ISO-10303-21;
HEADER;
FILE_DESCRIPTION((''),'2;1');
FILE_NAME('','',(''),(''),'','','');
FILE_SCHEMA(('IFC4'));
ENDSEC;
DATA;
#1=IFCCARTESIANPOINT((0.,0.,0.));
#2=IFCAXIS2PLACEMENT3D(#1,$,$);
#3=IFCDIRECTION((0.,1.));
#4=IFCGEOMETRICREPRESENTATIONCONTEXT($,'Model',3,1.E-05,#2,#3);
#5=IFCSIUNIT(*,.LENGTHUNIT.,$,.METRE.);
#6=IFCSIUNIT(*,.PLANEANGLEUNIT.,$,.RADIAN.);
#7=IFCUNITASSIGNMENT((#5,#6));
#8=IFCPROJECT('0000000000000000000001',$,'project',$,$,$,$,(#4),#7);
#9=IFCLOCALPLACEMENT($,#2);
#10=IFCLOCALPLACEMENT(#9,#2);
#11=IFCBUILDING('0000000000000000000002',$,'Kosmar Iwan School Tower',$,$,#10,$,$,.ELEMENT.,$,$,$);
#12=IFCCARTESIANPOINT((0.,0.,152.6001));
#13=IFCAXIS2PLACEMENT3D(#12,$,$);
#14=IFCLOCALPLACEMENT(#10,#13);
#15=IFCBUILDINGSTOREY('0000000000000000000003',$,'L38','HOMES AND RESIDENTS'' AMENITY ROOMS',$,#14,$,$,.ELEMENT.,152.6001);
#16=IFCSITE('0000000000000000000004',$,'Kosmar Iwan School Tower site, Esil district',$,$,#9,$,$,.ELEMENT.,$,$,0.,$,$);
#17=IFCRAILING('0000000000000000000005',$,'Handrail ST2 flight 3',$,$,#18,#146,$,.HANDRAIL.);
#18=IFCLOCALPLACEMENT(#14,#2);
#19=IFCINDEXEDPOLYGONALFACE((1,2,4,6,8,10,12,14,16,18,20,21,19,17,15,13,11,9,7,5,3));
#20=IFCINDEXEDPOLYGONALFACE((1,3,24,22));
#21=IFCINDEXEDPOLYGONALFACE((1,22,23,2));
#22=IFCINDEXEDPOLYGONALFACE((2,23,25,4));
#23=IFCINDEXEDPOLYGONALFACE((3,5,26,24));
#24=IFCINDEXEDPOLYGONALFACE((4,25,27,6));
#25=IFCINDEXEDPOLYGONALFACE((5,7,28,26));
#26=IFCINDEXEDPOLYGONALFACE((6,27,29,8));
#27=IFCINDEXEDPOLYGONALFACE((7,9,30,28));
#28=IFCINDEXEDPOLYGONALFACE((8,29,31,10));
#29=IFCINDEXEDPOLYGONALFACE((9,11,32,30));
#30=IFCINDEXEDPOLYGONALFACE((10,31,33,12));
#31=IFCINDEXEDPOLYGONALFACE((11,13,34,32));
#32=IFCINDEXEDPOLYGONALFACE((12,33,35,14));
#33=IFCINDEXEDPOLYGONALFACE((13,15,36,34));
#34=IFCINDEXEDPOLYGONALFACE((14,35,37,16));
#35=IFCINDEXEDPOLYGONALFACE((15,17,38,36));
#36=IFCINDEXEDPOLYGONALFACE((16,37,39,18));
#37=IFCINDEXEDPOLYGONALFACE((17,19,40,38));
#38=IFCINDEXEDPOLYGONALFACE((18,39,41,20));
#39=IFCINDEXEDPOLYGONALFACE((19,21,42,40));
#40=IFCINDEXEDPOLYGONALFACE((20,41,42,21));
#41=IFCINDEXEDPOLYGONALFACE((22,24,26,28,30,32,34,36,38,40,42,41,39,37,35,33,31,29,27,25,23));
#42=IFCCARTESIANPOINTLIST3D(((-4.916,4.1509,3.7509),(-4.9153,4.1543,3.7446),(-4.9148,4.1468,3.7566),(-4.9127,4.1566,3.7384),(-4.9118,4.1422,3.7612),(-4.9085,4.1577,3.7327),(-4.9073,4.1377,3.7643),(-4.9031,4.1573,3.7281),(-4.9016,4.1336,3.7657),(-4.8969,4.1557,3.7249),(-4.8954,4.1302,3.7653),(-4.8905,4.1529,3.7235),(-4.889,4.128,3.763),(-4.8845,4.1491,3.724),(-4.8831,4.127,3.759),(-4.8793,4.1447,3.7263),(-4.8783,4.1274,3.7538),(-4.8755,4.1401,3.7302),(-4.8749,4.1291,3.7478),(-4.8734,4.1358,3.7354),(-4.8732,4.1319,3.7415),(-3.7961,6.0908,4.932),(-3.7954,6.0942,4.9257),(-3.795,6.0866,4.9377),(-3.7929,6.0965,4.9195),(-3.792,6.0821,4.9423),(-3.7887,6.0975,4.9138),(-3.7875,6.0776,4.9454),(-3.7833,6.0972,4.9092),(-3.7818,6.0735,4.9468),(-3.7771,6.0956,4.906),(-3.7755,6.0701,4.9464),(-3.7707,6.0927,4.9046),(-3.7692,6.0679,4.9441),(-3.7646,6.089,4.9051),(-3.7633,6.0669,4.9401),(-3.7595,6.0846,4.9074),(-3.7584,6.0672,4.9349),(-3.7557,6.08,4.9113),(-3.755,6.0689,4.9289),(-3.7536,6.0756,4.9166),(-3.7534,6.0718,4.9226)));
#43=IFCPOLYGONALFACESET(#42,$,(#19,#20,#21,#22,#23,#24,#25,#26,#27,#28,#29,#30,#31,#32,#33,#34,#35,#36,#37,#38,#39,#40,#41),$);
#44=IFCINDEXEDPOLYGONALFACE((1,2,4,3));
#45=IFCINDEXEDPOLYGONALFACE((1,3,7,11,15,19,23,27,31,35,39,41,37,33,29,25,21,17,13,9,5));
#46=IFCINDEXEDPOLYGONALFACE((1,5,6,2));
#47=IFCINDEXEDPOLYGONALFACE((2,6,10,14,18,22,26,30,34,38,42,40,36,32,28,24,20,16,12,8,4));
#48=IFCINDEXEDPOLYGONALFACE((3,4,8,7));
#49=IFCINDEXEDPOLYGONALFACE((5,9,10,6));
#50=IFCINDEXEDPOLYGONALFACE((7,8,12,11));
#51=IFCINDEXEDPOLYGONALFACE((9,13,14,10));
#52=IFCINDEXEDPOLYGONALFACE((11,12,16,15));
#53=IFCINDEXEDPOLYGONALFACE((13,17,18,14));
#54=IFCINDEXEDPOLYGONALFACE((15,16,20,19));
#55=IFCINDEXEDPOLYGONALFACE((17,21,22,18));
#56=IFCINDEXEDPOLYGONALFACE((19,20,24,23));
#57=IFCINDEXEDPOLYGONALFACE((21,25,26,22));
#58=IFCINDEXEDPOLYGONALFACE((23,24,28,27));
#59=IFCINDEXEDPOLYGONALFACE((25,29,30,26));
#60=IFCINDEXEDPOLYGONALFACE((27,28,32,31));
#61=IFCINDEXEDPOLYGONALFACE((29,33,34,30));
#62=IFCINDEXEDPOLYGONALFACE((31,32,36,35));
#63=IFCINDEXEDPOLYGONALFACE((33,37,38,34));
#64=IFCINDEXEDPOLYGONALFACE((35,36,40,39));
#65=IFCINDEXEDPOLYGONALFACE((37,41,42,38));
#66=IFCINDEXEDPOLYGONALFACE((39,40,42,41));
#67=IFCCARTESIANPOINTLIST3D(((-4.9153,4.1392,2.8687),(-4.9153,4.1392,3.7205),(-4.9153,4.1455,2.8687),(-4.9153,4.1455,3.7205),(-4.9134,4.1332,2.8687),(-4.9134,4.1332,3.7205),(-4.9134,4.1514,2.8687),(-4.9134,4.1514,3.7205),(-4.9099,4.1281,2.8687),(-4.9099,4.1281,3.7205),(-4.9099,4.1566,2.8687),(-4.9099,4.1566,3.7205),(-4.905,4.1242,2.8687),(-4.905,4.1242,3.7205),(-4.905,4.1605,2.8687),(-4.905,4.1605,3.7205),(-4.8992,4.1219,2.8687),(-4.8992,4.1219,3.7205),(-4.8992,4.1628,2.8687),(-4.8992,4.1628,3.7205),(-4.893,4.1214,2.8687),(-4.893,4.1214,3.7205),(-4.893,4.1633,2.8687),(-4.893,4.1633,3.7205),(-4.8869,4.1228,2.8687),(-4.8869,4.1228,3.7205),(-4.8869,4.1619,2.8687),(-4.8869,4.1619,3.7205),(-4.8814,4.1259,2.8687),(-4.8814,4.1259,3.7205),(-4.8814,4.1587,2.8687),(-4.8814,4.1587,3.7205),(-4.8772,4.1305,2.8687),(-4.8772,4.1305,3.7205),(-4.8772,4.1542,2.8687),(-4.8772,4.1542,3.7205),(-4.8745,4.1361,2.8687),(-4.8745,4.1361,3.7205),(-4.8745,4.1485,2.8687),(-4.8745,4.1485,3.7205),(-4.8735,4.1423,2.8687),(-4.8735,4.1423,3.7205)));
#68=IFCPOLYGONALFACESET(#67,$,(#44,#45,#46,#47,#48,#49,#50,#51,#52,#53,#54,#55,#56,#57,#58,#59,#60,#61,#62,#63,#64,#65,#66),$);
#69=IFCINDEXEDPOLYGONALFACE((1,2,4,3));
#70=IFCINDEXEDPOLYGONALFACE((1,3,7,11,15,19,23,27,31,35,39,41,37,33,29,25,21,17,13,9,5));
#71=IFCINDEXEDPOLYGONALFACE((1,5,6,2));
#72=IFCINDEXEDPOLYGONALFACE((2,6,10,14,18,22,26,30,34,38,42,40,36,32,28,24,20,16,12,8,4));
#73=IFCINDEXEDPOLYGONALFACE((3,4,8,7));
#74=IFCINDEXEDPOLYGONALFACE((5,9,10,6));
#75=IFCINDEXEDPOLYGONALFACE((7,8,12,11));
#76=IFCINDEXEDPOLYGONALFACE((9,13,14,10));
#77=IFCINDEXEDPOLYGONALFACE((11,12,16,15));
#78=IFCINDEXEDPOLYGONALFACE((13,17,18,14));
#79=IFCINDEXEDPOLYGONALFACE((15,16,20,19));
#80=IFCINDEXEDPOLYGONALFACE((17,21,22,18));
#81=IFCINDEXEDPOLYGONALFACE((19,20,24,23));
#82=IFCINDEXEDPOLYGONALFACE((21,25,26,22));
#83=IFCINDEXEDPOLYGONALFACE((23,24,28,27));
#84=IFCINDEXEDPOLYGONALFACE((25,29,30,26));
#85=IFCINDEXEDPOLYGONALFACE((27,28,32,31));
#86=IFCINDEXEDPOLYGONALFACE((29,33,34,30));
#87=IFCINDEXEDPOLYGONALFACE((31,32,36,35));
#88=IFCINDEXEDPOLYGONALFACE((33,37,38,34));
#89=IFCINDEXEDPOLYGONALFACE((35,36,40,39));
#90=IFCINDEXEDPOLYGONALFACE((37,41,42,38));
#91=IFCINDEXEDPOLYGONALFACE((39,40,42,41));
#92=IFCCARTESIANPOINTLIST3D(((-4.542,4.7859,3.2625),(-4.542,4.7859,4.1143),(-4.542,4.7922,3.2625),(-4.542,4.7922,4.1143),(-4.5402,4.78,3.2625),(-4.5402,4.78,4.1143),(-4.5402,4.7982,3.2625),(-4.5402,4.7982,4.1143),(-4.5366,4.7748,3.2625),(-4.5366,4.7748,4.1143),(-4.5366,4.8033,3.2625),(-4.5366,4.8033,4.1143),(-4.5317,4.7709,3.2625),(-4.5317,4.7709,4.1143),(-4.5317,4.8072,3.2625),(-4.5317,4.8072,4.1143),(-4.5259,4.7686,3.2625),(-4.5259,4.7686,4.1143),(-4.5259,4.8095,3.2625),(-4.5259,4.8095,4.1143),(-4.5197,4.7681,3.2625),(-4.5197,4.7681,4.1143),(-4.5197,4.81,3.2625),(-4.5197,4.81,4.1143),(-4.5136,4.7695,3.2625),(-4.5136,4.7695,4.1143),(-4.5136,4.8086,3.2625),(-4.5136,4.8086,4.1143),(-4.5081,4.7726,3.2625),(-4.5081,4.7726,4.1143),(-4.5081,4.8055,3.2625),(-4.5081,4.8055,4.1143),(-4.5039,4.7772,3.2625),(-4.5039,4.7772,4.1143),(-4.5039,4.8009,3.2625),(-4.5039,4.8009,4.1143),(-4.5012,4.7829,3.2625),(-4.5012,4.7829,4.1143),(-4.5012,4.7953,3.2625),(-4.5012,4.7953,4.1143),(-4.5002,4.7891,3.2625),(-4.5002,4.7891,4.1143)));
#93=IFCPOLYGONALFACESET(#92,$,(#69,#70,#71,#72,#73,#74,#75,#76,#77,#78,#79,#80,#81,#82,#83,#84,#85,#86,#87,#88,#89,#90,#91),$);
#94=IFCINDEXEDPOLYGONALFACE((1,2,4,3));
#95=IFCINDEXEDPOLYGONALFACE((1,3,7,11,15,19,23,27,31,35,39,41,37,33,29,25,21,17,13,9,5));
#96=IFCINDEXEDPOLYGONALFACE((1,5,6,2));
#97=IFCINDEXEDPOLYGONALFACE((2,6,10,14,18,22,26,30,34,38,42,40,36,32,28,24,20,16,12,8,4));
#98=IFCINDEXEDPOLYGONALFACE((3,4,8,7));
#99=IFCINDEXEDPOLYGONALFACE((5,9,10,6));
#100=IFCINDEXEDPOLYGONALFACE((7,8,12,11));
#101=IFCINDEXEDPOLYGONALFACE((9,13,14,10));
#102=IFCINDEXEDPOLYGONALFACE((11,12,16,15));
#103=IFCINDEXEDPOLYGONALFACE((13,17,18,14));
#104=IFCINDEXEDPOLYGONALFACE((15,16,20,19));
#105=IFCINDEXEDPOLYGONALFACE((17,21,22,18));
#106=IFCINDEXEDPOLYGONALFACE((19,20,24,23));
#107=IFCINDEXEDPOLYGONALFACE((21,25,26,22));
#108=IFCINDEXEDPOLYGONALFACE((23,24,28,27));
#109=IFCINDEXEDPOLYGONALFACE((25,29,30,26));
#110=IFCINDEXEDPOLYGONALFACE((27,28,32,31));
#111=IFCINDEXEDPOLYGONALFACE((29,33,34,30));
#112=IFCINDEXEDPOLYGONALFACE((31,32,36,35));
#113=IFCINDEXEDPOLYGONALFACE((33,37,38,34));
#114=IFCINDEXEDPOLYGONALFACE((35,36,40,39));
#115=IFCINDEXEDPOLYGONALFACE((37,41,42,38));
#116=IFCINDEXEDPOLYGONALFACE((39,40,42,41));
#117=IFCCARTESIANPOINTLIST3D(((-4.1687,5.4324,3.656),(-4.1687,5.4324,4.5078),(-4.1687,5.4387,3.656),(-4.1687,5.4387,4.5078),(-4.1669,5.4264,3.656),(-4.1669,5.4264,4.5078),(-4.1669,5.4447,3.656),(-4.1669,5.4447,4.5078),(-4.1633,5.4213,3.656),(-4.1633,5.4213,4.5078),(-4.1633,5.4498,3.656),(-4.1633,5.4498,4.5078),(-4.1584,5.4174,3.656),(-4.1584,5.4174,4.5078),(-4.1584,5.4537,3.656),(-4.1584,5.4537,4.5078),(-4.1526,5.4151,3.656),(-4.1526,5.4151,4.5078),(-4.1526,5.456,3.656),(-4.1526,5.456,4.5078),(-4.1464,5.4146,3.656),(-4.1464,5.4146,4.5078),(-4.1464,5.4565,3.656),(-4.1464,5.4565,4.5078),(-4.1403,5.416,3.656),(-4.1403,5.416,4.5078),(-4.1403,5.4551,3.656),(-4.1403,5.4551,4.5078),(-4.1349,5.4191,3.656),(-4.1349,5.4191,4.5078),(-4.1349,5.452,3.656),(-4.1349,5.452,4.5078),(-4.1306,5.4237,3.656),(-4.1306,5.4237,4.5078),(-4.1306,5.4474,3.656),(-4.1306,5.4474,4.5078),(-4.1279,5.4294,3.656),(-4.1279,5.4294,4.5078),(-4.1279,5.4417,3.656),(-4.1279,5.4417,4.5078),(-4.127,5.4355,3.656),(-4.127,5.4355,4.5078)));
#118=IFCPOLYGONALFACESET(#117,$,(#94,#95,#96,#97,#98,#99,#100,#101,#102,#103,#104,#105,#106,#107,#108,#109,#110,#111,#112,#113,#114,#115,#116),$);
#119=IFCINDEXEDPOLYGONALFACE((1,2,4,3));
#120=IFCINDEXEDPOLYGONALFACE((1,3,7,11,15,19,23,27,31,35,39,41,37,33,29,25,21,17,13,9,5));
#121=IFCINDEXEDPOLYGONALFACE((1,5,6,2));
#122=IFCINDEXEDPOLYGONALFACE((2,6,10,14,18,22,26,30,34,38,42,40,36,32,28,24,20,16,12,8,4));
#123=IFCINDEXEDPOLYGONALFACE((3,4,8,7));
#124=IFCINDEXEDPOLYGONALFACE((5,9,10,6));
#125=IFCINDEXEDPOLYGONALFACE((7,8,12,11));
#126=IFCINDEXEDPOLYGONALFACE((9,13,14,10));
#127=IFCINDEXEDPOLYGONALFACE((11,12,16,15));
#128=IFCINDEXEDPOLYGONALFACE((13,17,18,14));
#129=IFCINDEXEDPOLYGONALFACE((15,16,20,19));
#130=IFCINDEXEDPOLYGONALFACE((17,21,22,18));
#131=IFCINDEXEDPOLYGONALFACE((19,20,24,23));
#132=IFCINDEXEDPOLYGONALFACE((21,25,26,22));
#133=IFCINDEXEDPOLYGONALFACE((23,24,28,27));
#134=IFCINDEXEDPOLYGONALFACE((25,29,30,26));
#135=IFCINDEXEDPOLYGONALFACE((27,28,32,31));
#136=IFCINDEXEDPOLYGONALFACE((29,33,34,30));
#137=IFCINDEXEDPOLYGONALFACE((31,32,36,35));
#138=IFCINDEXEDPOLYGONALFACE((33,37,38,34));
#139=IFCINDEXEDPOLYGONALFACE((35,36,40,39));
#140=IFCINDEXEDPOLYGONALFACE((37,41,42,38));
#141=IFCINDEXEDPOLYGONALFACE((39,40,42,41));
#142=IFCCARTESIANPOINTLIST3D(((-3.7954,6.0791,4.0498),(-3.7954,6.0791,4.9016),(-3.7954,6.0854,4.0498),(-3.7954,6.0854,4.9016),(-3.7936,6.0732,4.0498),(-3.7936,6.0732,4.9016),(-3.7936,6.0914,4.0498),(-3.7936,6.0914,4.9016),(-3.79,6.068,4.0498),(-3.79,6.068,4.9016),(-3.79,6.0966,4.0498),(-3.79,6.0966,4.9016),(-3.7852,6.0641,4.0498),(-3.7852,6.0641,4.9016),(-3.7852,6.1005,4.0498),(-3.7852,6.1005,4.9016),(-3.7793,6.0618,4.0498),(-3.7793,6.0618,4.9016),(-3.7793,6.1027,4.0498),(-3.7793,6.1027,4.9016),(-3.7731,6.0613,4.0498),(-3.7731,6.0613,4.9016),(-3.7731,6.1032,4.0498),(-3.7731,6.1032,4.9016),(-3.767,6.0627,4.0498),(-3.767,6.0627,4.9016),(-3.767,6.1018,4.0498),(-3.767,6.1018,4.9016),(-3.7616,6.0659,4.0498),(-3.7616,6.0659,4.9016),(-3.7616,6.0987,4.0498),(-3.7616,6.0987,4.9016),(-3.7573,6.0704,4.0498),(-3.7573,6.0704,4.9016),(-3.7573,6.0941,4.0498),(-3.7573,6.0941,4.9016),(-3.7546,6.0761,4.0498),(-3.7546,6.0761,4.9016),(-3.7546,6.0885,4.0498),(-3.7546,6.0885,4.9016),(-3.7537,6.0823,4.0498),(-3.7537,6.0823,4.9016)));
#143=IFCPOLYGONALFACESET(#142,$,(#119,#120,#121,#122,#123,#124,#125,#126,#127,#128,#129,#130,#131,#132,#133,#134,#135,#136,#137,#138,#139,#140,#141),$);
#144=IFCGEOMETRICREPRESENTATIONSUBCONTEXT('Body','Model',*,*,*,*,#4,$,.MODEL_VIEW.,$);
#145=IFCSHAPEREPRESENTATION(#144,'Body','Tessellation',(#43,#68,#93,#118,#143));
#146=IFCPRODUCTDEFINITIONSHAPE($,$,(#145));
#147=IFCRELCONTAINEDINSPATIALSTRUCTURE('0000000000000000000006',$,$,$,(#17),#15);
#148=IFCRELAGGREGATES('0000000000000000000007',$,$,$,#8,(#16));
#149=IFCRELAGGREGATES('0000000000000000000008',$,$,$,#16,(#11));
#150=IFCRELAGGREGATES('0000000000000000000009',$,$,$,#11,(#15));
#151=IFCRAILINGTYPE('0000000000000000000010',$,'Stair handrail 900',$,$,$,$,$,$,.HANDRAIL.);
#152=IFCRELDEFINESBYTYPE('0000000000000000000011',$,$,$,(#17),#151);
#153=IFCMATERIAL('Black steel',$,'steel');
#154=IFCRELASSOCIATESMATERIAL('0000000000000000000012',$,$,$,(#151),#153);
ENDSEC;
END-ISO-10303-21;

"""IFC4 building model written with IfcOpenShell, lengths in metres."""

from ifc_helpers import new_model, si_unit, direction, frame, origin, origin_2d, place, context, subcontext, project, spatial, circle, extrude, material, type_object, element, save


model = new_model("IFC4")

# Units and contexts
model_context = context("Model", 3, precision=1e-05, world=origin(), true_north=direction((0.0, 1.0)))
body_context = subcontext(model_context, "Body", "Model", "MODEL_VIEW")
ifc_project = project(units=[si_unit("LENGTHUNIT", "METRE"), si_unit("PLANEANGLEUNIT", "RADIAN")], contexts=[model_context])

# Site, building, storey
site_placement = place(None, origin())
site = spatial("IfcSite", under=ifc_project, at=site_placement, Name="Kosmar Iwan School Tower site, Esil district", CompositionType="ELEMENT", RefElevation=0.0)
building_placement = place(site_placement, origin())
building = spatial("IfcBuilding", under=site, at=building_placement, Name="Kosmar Iwan School Tower", CompositionType="ELEMENT")
storey_placement = place(building_placement, frame((0.0, 0.0, 152.6001)))
storey = spatial("IfcBuildingStorey", under=building, at=storey_placement, Name="L38", Description="HOMES AND RESIDENTS' AMENITY ROOMS", CompositionType="ELEMENT", Elevation=152.6001)

# Railing
ifc_material_1 = material(Name="Black steel", Category="steel")
railing_type = type_object("IfcRailingType", Name="Stair handrail 900", PredefinedType="HANDRAIL", material=ifc_material_1)
railing_1_placement = place(storey_placement, frame((-4.8945, 4.1423, 2.8687)))
element("IfcRailing", 1, at=railing_1_placement, inside=storey, type_object=railing_type, Name="Handrail ST2 flight 3", PredefinedType="HANDRAIL", context=body_context, shape_type="SweptSolid", body=[
    extrude(circle(Radius=0.0239, at=origin_2d()), frame((0.0, 0.0, 0.876), z_axis=(0.442233, 0.766075, 0.466432), x_axis=(-0.866055, 0.499949, 0.0)), (0.0, 0.0, 1.0), 2.5322),
    extrude(circle(Radius=0.021, at=origin_2d()), origin(), (0.0, 0.0, 1.0), 0.8518),
    extrude(circle(Radius=0.021, at=origin_2d()), frame((0.3733, 0.6467, 0.3938)), (0.0, 0.0, 1.0), 0.8518),
    extrude(circle(Radius=0.021, at=origin_2d()), frame((0.7466, 1.2932, 0.7874)), (0.0, 0.0, 1.0), 0.8518),
    extrude(circle(Radius=0.021, at=origin_2d()), frame((1.1199, 1.9399, 1.1812)), (0.0, 0.0, 1.0), 0.8518),
])

save(model, "model.ifc")
